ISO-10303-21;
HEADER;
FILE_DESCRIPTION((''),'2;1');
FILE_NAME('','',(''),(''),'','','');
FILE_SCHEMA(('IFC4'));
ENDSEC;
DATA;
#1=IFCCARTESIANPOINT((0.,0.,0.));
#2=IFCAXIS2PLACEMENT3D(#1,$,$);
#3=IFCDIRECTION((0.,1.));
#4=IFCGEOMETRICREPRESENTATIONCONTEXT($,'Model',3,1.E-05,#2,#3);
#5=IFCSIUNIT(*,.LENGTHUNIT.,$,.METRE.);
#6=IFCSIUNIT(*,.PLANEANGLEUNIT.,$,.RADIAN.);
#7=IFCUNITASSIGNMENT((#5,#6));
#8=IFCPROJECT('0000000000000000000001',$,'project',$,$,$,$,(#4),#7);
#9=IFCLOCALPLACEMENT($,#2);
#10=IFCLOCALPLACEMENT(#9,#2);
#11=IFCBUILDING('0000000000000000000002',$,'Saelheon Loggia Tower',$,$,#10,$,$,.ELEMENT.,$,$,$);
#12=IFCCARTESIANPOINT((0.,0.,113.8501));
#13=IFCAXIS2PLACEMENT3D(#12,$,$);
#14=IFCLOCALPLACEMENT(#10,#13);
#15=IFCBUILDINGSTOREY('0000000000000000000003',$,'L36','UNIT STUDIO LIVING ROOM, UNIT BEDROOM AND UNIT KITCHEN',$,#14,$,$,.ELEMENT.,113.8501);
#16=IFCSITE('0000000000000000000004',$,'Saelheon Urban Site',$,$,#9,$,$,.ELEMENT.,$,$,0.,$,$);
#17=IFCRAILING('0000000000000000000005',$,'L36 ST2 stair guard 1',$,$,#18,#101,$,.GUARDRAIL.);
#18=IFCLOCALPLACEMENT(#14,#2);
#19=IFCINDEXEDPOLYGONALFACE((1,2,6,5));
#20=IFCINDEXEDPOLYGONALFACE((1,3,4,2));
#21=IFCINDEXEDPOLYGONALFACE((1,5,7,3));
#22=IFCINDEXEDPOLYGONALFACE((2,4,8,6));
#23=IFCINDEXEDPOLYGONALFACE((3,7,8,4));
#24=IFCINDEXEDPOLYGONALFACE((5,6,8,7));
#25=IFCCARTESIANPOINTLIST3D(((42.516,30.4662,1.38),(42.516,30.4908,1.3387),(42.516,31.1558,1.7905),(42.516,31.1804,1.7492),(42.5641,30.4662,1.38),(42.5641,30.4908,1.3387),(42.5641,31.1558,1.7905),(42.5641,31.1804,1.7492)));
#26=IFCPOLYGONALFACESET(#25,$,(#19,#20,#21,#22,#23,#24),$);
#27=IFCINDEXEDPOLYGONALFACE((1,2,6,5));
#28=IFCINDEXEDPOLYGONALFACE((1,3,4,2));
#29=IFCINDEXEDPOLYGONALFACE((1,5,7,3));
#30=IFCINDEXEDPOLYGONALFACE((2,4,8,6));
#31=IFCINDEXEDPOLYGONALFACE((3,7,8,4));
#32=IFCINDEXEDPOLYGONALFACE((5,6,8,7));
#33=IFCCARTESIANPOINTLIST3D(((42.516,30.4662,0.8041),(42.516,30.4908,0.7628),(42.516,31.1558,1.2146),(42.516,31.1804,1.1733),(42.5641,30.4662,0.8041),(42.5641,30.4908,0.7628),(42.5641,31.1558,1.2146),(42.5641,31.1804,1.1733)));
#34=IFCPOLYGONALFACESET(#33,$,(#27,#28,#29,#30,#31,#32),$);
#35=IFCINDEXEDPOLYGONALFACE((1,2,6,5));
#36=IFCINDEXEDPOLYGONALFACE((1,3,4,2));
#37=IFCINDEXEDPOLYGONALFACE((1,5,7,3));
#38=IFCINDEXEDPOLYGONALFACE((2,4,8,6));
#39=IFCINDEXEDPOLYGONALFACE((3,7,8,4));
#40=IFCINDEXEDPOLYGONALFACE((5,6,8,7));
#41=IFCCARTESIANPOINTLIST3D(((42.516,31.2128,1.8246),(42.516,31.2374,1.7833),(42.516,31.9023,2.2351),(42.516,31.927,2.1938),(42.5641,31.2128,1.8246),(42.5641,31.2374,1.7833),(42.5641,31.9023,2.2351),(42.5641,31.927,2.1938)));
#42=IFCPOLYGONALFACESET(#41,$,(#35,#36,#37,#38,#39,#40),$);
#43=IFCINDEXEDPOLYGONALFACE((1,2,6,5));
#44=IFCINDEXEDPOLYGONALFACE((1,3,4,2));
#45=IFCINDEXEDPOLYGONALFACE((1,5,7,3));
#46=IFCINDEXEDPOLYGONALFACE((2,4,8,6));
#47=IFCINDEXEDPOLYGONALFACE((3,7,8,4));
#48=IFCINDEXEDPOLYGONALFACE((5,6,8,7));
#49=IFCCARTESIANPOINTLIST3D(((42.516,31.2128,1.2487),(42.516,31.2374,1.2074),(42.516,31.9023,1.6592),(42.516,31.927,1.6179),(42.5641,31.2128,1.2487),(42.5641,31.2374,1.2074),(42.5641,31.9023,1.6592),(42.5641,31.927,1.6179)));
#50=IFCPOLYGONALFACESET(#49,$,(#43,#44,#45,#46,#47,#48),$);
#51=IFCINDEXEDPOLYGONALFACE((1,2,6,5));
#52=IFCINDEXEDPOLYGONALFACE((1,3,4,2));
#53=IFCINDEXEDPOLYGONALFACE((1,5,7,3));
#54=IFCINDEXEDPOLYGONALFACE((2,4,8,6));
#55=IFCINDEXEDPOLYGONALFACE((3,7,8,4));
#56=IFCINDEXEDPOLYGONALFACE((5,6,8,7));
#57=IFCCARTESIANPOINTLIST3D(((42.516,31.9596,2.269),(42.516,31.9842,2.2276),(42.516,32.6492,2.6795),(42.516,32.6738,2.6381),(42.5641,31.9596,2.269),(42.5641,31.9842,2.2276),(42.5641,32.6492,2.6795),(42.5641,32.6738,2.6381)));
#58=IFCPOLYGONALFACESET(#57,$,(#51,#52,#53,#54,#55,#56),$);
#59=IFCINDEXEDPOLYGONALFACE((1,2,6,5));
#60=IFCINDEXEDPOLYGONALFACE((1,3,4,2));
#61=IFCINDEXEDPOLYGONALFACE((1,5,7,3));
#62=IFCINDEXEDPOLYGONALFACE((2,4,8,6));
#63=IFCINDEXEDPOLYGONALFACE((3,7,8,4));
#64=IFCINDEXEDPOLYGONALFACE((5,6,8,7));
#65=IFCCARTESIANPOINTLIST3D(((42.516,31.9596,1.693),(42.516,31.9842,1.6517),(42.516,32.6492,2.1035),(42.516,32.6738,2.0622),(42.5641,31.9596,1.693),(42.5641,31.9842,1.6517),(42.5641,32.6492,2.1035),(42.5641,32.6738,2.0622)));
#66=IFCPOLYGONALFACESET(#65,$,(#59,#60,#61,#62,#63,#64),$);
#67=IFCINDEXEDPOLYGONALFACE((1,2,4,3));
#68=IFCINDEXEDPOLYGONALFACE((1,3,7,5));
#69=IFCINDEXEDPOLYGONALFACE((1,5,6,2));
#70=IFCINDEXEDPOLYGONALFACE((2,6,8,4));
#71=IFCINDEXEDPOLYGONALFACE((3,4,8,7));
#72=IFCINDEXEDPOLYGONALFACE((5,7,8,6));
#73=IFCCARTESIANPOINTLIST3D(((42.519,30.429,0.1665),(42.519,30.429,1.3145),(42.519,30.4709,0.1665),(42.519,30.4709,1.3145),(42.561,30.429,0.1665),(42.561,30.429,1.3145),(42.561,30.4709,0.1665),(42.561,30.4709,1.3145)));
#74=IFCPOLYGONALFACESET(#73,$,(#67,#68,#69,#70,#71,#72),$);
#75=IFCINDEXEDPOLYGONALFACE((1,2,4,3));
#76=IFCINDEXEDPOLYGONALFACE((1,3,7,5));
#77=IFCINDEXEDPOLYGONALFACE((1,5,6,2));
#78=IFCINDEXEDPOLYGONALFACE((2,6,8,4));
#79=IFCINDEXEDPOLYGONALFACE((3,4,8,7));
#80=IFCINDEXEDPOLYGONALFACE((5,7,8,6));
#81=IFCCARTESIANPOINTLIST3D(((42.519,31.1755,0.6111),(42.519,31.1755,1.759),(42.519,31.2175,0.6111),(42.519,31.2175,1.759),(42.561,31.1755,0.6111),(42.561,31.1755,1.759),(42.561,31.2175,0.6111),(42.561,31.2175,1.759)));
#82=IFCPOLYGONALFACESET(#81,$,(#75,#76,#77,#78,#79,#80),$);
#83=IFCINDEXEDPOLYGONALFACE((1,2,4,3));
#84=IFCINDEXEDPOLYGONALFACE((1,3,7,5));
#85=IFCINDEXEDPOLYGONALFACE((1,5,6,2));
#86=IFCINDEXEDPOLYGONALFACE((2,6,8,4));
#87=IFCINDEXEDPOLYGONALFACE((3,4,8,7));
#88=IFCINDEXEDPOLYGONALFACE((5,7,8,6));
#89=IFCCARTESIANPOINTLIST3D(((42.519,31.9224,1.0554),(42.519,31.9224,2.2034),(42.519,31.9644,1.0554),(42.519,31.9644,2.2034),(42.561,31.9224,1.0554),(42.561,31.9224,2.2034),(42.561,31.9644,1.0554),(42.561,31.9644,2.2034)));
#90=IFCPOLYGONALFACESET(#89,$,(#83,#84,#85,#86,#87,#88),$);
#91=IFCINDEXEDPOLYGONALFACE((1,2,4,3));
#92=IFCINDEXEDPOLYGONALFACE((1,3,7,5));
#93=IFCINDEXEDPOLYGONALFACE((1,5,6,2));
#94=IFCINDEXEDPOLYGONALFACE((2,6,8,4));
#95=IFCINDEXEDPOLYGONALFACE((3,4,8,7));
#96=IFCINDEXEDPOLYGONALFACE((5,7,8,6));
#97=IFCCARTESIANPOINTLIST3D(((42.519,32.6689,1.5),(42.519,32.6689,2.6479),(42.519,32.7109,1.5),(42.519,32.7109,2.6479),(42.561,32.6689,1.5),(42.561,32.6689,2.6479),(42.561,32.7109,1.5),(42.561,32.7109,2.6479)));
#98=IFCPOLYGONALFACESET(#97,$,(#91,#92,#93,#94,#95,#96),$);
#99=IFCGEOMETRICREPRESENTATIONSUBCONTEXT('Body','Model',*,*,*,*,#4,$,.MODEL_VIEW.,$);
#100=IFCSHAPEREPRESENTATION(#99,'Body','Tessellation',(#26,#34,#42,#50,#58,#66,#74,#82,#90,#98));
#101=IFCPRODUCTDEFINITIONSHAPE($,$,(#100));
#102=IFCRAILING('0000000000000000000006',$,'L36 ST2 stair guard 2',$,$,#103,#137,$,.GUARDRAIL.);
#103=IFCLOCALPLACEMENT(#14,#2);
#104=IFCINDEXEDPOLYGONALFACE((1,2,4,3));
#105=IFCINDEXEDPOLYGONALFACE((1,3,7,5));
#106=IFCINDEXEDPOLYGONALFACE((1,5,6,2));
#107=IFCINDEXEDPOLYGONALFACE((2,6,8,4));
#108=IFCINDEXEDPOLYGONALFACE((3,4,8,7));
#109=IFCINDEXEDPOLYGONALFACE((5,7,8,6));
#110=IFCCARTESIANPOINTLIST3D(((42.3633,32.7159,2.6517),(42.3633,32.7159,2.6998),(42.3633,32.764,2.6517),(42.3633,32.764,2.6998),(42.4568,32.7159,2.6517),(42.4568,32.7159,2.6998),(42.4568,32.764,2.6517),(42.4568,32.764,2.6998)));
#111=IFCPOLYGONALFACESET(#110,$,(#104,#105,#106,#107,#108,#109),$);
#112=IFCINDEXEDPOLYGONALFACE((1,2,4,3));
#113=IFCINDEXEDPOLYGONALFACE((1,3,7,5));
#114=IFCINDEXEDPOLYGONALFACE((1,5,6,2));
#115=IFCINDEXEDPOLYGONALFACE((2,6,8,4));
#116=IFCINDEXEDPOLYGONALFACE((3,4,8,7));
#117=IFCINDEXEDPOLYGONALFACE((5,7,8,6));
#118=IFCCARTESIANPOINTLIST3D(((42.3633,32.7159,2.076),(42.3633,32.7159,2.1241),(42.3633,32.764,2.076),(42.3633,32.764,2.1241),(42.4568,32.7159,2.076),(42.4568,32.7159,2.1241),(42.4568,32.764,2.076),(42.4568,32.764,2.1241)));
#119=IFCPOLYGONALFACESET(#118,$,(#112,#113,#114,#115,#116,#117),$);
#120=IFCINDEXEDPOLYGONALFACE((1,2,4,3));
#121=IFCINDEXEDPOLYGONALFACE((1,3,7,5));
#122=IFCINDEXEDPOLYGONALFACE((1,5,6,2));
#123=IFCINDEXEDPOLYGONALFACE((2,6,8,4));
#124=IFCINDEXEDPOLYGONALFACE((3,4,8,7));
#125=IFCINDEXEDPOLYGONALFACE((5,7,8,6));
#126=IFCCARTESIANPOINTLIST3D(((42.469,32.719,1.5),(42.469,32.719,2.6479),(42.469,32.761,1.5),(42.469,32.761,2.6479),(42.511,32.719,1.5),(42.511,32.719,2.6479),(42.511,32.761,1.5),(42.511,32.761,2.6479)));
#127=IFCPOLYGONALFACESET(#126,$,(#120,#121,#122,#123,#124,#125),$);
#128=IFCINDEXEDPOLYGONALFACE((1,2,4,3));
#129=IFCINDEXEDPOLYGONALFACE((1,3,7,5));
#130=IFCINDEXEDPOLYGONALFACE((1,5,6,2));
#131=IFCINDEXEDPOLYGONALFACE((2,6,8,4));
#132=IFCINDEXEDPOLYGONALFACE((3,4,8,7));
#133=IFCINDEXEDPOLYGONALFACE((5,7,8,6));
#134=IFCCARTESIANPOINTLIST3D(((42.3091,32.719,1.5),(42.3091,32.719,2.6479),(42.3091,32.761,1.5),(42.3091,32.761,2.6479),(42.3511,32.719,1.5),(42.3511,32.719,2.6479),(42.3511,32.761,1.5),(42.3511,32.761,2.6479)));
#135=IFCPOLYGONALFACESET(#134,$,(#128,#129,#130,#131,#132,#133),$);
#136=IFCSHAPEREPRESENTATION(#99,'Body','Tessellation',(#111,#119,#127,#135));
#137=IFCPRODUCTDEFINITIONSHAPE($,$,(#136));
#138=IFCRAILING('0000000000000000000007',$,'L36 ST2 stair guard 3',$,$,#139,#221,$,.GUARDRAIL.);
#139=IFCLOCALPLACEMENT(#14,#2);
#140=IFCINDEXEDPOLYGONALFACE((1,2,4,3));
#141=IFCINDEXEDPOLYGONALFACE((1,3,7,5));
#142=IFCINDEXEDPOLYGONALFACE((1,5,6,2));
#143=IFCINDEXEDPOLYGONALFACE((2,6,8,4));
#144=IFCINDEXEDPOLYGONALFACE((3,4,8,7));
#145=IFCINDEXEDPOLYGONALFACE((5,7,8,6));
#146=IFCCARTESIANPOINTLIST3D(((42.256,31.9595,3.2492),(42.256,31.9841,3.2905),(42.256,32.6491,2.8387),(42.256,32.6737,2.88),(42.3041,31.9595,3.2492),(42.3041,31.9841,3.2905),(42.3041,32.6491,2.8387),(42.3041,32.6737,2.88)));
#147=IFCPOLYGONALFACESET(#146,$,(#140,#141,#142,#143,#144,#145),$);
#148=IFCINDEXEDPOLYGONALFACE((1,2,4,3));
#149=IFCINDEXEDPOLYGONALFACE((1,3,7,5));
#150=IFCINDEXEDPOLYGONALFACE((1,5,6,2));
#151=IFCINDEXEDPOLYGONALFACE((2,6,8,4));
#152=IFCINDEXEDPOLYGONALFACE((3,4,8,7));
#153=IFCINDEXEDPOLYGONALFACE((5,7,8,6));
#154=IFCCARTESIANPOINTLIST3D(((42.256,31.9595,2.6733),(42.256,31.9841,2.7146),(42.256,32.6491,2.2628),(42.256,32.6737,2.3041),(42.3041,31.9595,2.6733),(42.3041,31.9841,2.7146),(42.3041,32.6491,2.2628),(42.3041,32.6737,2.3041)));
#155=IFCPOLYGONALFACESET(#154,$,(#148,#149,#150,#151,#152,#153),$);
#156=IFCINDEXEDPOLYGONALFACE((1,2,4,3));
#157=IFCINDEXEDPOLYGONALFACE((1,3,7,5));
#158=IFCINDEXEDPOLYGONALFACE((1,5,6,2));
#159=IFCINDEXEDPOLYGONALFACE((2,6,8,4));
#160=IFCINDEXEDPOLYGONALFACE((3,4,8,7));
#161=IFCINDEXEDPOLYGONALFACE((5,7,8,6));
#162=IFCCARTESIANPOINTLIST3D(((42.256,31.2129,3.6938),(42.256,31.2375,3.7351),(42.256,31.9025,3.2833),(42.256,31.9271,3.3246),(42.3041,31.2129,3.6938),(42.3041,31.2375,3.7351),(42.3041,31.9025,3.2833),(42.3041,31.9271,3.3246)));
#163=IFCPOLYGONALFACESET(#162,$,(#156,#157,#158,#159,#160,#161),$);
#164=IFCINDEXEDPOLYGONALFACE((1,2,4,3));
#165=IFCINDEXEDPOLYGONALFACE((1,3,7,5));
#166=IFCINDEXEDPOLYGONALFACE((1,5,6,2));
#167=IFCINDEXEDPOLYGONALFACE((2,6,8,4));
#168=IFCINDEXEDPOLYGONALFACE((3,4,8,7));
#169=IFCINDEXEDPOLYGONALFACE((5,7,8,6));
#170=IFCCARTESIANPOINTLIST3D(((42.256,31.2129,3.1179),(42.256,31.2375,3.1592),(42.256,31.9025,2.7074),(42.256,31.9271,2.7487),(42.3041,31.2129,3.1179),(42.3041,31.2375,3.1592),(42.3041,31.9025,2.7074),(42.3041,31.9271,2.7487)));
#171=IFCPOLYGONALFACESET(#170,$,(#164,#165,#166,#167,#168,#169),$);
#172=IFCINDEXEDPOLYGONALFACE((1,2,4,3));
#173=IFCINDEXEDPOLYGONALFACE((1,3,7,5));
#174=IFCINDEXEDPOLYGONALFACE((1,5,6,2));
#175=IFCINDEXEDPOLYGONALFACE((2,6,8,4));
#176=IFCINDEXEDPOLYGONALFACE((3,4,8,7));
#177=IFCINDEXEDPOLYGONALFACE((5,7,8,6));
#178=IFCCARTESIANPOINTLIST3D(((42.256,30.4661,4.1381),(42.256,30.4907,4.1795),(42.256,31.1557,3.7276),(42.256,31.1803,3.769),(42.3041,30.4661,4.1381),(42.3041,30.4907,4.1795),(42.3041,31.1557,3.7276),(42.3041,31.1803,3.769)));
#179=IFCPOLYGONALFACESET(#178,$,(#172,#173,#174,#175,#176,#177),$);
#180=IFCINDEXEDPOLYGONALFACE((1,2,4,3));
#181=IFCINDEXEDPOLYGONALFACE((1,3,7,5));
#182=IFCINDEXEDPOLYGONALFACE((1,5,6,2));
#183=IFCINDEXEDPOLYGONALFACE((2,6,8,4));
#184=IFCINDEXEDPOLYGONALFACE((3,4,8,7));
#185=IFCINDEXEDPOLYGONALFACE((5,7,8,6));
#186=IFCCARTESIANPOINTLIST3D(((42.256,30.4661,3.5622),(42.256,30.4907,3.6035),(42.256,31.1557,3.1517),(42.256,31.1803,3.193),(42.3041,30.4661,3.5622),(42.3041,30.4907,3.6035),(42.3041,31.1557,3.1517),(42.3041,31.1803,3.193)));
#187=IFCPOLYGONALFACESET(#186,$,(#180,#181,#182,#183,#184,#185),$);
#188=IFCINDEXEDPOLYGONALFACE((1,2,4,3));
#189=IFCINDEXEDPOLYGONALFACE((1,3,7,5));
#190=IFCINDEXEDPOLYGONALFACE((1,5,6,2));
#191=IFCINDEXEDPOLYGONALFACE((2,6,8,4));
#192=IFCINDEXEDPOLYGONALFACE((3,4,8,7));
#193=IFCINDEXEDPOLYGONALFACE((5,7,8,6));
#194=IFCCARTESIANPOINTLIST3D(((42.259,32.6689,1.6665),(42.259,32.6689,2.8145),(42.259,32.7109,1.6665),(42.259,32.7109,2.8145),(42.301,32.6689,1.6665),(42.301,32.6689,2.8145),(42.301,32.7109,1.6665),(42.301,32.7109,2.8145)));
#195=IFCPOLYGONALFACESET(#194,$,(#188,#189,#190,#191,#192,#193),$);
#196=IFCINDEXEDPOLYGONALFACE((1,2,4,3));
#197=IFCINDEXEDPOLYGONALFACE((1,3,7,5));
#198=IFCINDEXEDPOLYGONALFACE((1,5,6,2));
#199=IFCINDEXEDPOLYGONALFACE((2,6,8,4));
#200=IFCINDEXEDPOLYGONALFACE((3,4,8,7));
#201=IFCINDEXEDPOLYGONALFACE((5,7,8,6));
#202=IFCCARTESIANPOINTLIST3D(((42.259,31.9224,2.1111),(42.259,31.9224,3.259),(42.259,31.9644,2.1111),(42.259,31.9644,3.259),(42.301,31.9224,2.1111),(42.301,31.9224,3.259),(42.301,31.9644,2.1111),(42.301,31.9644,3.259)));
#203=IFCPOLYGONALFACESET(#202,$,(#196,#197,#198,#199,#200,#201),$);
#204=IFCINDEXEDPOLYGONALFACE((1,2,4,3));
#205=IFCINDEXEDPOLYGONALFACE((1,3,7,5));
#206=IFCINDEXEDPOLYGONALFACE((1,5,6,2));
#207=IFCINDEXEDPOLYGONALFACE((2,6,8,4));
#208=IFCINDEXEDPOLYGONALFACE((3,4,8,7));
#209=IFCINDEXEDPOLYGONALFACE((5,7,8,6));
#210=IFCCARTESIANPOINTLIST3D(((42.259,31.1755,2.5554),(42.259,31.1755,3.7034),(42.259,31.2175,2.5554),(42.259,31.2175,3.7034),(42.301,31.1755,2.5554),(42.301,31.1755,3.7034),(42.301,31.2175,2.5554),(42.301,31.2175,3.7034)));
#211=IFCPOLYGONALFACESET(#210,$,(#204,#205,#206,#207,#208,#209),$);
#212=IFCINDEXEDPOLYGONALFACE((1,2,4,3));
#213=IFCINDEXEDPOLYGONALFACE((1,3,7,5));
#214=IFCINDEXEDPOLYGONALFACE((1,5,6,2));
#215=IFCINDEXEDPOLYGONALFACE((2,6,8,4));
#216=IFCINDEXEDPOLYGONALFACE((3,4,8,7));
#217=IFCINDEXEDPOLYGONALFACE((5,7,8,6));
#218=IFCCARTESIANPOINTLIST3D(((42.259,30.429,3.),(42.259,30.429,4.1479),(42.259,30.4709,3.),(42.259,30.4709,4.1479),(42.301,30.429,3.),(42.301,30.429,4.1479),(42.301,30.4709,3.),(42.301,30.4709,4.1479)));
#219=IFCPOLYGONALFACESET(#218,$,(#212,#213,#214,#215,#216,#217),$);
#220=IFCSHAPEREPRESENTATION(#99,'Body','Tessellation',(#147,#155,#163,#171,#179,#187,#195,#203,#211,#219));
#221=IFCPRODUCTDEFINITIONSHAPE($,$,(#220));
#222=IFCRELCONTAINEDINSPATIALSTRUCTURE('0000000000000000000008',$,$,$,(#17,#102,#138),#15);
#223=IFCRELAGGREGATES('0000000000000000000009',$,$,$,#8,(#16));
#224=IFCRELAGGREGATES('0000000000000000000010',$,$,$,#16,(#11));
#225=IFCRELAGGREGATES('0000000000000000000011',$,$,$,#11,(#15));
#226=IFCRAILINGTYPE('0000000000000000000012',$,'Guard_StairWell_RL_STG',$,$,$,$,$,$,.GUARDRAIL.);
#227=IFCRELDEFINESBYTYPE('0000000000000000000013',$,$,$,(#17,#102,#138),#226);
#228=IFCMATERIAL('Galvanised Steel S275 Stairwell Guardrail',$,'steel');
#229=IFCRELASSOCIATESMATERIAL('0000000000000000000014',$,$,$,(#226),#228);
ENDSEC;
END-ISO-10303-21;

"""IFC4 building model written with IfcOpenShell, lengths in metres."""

from ifc_helpers import new_model, si_unit, direction, frame, origin, origin_2d, place, context, subcontext, project, spatial, rectangle, extrude, material, type_object, element, save


model = new_model("IFC4")

# Units and contexts
model_context = context("Model", 3, precision=1e-05, world=origin(), true_north=direction((0.0, 1.0)))
body_context = subcontext(model_context, "Body", "Model", "MODEL_VIEW")
ifc_project = project(units=[si_unit("LENGTHUNIT", "METRE"), si_unit("PLANEANGLEUNIT", "RADIAN")], contexts=[model_context])

# Site, building, storey
site_placement = place(None, origin())
site = spatial("IfcSite", under=ifc_project, at=site_placement, Name="Saelheon Urban Site", CompositionType="ELEMENT", RefElevation=0.0)
building_placement = place(site_placement, origin())
building = spatial("IfcBuilding", under=site, at=building_placement, Name="Saelheon Loggia Tower", CompositionType="ELEMENT")
storey_placement = place(building_placement, frame((0.0, 0.0, 113.8501)))
storey = spatial("IfcBuildingStorey", under=building, at=storey_placement, Name="L36", Description="UNIT STUDIO LIVING ROOM, UNIT BEDROOM AND UNIT KITCHEN", CompositionType="ELEMENT", Elevation=113.8501)

# Railings
ifc_material_1 = material(Name="Galvanised Steel S275 Stairwell Guardrail", Category="steel")
railing_type_1 = type_object("IfcRailingType", Name="Guard_StairWell_RL_STG", PredefinedType="GUARDRAIL", material=ifc_material_1)
railing_1_placement = place(storey_placement, frame((42.54, 30.45, 0.1665)))
element("IfcRailing", 1, at=railing_1_placement, inside=storey, type_object=railing_type_1, Name="L36 ST2 stair guard 1", PredefinedType="GUARDRAIL", context=body_context, shape_type="SweptSolid", body=[
    extrude(rectangle(XDim=0.0481, YDim=0.0481, at=origin_2d()), frame((0.0, 0.0286, 1.1929), z_axis=(0.0, 0.859264, 0.511532), x_axis=(-1.0, 0.0, 0.0)), (0.0, 0.0, 1.0), 0.8025),
    extrude(rectangle(XDim=0.0481, YDim=0.0481, at=origin_2d()), frame((0.0, 0.0286, 0.6169), z_axis=(0.0, 0.859264, 0.511532), x_axis=(-1.0, 0.0, 0.0)), (0.0, 0.0, 1.0), 0.8025),
    extrude(rectangle(XDim=0.0481, YDim=0.0481, at=origin_2d()), frame((0.0, 0.7751, 1.6375), z_axis=(0.0, 0.859264, 0.511532), x_axis=(-1.0, 0.0, 0.0)), (0.0, 0.0, 1.0), 0.8025),
    extrude(rectangle(XDim=0.0481, YDim=0.0481, at=origin_2d()), frame((0.0, 0.7751, 1.0615), z_axis=(0.0, 0.859264, 0.511532), x_axis=(-1.0, 0.0, 0.0)), (0.0, 0.0, 1.0), 0.8025),
    extrude(rectangle(XDim=0.0481, YDim=0.0481, at=origin_2d()), frame((0.0, 1.522, 2.0818), z_axis=(0.0, 0.859264, 0.511532), x_axis=(-1.0, 0.0, 0.0)), (0.0, 0.0, 1.0), 0.8025),
    extrude(rectangle(XDim=0.0481, YDim=0.0481, at=origin_2d()), frame((0.0, 1.522, 1.5059), z_axis=(0.0, 0.859264, 0.511532), x_axis=(-1.0, 0.0, 0.0)), (0.0, 0.0, 1.0), 0.8025),
    extrude(rectangle(XDim=0.042, YDim=0.042, at=origin_2d()), origin(), (0.0, 0.0, 1.0), 1.1479),
    extrude(rectangle(XDim=0.042, YDim=0.042, at=origin_2d()), frame((0.0, 0.7466, 0.4446)), (0.0, 0.0, 1.0), 1.1479),
    extrude(rectangle(XDim=0.042, YDim=0.042, at=origin_2d()), frame((0.0, 1.4934, 0.8889)), (0.0, 0.0, 1.0), 1.1479),
    extrude(rectangle(XDim=0.042, YDim=0.042, at=origin_2d()), frame((0.0, 2.24, 1.3335)), (0.0, 0.0, 1.0), 1.1479),
])
railing_2_placement = place(storey_placement, frame((42.49, 32.74, 1.5)))
element("IfcRailing", 2, at=railing_2_placement, inside=storey, type_object=railing_type_1, Name="L36 ST2 stair guard 2", PredefinedType="GUARDRAIL", context=body_context, shape_type="SweptSolid", body=[
    extrude(rectangle(XDim=0.0481, YDim=0.0481, at=origin_2d()), frame((-0.0332, 0.0, 1.1758), z_axis=(-1.0, 0.0, 0.0), x_axis=(0.0, -1.0, 0.0)), (0.0, 0.0, 1.0), 0.0935),
    extrude(rectangle(XDim=0.0481, YDim=0.0481, at=origin_2d()), frame((-0.0332, 0.0, 0.6001), z_axis=(-1.0, 0.0, 0.0), x_axis=(0.0, -1.0, 0.0)), (0.0, 0.0, 1.0), 0.0935),
    extrude(rectangle(XDim=0.042, YDim=0.042, at=origin_2d()), origin(), (0.0, 0.0, 1.0), 1.1479),
    extrude(rectangle(XDim=0.042, YDim=0.042, at=origin_2d()), frame((-0.1599, 0.0, 0.0)), (0.0, 0.0, 1.0), 1.1479),
])
railing_3_placement = place(storey_placement, frame((42.28, 32.6899, 1.6665)))
element("IfcRailing", 3, at=railing_3_placement, inside=storey, type_object=railing_type_1, Name="L36 ST2 stair guard 3", PredefinedType="GUARDRAIL", context=body_context, shape_type="SweptSolid", body=[
    extrude(rectangle(XDim=0.0481, YDim=0.0481, at=origin_2d()), frame((0.0, -0.0286, 1.1929), z_axis=(0.0, -0.859264, 0.511532), x_axis=(1.0, 0.0, 0.0)), (0.0, 0.0, 1.0), 0.8025),
    extrude(rectangle(XDim=0.0481, YDim=0.0481, at=origin_2d()), frame((0.0, -0.0286, 0.6169), z_axis=(0.0, -0.859264, 0.511532), x_axis=(1.0, 0.0, 0.0)), (0.0, 0.0, 1.0), 0.8025),
    extrude(rectangle(XDim=0.0481, YDim=0.0481, at=origin_2d()), frame((0.0, -0.7751, 1.6375), z_axis=(0.0, -0.859264, 0.511532), x_axis=(1.0, 0.0, 0.0)), (0.0, 0.0, 1.0), 0.8025),
    extrude(rectangle(XDim=0.0481, YDim=0.0481, at=origin_2d()), frame((0.0, -0.7751, 1.0615), z_axis=(0.0, -0.859264, 0.511532), x_axis=(1.0, 0.0, 0.0)), (0.0, 0.0, 1.0), 0.8025),
    extrude(rectangle(XDim=0.0481, YDim=0.0481, at=origin_2d()), frame((0.0, -1.522, 2.0818), z_axis=(0.0, -0.859264, 0.511532), x_axis=(1.0, 0.0, 0.0)), (0.0, 0.0, 1.0), 0.8025),
    extrude(rectangle(XDim=0.0481, YDim=0.0481, at=origin_2d()), frame((0.0, -1.522, 1.5059), z_axis=(0.0, -0.859264, 0.511532), x_axis=(1.0, 0.0, 0.0)), (0.0, 0.0, 1.0), 0.8025),
    extrude(rectangle(XDim=0.042, YDim=0.042, at=origin_2d()), origin(), (0.0, 0.0, 1.0), 1.1479),
    extrude(rectangle(XDim=0.042, YDim=0.042, at=origin_2d()), frame((0.0, -0.7466, 0.4446)), (0.0, 0.0, 1.0), 1.1479),
    extrude(rectangle(XDim=0.042, YDim=0.042, at=origin_2d()), frame((0.0, -1.4934, 0.8889)), (0.0, 0.0, 1.0), 1.1479),
    extrude(rectangle(XDim=0.042, YDim=0.042, at=origin_2d()), frame((0.0, -2.24, 1.3335)), (0.0, 0.0, 1.0), 1.1479),
])

save(model, "model.ifc")
